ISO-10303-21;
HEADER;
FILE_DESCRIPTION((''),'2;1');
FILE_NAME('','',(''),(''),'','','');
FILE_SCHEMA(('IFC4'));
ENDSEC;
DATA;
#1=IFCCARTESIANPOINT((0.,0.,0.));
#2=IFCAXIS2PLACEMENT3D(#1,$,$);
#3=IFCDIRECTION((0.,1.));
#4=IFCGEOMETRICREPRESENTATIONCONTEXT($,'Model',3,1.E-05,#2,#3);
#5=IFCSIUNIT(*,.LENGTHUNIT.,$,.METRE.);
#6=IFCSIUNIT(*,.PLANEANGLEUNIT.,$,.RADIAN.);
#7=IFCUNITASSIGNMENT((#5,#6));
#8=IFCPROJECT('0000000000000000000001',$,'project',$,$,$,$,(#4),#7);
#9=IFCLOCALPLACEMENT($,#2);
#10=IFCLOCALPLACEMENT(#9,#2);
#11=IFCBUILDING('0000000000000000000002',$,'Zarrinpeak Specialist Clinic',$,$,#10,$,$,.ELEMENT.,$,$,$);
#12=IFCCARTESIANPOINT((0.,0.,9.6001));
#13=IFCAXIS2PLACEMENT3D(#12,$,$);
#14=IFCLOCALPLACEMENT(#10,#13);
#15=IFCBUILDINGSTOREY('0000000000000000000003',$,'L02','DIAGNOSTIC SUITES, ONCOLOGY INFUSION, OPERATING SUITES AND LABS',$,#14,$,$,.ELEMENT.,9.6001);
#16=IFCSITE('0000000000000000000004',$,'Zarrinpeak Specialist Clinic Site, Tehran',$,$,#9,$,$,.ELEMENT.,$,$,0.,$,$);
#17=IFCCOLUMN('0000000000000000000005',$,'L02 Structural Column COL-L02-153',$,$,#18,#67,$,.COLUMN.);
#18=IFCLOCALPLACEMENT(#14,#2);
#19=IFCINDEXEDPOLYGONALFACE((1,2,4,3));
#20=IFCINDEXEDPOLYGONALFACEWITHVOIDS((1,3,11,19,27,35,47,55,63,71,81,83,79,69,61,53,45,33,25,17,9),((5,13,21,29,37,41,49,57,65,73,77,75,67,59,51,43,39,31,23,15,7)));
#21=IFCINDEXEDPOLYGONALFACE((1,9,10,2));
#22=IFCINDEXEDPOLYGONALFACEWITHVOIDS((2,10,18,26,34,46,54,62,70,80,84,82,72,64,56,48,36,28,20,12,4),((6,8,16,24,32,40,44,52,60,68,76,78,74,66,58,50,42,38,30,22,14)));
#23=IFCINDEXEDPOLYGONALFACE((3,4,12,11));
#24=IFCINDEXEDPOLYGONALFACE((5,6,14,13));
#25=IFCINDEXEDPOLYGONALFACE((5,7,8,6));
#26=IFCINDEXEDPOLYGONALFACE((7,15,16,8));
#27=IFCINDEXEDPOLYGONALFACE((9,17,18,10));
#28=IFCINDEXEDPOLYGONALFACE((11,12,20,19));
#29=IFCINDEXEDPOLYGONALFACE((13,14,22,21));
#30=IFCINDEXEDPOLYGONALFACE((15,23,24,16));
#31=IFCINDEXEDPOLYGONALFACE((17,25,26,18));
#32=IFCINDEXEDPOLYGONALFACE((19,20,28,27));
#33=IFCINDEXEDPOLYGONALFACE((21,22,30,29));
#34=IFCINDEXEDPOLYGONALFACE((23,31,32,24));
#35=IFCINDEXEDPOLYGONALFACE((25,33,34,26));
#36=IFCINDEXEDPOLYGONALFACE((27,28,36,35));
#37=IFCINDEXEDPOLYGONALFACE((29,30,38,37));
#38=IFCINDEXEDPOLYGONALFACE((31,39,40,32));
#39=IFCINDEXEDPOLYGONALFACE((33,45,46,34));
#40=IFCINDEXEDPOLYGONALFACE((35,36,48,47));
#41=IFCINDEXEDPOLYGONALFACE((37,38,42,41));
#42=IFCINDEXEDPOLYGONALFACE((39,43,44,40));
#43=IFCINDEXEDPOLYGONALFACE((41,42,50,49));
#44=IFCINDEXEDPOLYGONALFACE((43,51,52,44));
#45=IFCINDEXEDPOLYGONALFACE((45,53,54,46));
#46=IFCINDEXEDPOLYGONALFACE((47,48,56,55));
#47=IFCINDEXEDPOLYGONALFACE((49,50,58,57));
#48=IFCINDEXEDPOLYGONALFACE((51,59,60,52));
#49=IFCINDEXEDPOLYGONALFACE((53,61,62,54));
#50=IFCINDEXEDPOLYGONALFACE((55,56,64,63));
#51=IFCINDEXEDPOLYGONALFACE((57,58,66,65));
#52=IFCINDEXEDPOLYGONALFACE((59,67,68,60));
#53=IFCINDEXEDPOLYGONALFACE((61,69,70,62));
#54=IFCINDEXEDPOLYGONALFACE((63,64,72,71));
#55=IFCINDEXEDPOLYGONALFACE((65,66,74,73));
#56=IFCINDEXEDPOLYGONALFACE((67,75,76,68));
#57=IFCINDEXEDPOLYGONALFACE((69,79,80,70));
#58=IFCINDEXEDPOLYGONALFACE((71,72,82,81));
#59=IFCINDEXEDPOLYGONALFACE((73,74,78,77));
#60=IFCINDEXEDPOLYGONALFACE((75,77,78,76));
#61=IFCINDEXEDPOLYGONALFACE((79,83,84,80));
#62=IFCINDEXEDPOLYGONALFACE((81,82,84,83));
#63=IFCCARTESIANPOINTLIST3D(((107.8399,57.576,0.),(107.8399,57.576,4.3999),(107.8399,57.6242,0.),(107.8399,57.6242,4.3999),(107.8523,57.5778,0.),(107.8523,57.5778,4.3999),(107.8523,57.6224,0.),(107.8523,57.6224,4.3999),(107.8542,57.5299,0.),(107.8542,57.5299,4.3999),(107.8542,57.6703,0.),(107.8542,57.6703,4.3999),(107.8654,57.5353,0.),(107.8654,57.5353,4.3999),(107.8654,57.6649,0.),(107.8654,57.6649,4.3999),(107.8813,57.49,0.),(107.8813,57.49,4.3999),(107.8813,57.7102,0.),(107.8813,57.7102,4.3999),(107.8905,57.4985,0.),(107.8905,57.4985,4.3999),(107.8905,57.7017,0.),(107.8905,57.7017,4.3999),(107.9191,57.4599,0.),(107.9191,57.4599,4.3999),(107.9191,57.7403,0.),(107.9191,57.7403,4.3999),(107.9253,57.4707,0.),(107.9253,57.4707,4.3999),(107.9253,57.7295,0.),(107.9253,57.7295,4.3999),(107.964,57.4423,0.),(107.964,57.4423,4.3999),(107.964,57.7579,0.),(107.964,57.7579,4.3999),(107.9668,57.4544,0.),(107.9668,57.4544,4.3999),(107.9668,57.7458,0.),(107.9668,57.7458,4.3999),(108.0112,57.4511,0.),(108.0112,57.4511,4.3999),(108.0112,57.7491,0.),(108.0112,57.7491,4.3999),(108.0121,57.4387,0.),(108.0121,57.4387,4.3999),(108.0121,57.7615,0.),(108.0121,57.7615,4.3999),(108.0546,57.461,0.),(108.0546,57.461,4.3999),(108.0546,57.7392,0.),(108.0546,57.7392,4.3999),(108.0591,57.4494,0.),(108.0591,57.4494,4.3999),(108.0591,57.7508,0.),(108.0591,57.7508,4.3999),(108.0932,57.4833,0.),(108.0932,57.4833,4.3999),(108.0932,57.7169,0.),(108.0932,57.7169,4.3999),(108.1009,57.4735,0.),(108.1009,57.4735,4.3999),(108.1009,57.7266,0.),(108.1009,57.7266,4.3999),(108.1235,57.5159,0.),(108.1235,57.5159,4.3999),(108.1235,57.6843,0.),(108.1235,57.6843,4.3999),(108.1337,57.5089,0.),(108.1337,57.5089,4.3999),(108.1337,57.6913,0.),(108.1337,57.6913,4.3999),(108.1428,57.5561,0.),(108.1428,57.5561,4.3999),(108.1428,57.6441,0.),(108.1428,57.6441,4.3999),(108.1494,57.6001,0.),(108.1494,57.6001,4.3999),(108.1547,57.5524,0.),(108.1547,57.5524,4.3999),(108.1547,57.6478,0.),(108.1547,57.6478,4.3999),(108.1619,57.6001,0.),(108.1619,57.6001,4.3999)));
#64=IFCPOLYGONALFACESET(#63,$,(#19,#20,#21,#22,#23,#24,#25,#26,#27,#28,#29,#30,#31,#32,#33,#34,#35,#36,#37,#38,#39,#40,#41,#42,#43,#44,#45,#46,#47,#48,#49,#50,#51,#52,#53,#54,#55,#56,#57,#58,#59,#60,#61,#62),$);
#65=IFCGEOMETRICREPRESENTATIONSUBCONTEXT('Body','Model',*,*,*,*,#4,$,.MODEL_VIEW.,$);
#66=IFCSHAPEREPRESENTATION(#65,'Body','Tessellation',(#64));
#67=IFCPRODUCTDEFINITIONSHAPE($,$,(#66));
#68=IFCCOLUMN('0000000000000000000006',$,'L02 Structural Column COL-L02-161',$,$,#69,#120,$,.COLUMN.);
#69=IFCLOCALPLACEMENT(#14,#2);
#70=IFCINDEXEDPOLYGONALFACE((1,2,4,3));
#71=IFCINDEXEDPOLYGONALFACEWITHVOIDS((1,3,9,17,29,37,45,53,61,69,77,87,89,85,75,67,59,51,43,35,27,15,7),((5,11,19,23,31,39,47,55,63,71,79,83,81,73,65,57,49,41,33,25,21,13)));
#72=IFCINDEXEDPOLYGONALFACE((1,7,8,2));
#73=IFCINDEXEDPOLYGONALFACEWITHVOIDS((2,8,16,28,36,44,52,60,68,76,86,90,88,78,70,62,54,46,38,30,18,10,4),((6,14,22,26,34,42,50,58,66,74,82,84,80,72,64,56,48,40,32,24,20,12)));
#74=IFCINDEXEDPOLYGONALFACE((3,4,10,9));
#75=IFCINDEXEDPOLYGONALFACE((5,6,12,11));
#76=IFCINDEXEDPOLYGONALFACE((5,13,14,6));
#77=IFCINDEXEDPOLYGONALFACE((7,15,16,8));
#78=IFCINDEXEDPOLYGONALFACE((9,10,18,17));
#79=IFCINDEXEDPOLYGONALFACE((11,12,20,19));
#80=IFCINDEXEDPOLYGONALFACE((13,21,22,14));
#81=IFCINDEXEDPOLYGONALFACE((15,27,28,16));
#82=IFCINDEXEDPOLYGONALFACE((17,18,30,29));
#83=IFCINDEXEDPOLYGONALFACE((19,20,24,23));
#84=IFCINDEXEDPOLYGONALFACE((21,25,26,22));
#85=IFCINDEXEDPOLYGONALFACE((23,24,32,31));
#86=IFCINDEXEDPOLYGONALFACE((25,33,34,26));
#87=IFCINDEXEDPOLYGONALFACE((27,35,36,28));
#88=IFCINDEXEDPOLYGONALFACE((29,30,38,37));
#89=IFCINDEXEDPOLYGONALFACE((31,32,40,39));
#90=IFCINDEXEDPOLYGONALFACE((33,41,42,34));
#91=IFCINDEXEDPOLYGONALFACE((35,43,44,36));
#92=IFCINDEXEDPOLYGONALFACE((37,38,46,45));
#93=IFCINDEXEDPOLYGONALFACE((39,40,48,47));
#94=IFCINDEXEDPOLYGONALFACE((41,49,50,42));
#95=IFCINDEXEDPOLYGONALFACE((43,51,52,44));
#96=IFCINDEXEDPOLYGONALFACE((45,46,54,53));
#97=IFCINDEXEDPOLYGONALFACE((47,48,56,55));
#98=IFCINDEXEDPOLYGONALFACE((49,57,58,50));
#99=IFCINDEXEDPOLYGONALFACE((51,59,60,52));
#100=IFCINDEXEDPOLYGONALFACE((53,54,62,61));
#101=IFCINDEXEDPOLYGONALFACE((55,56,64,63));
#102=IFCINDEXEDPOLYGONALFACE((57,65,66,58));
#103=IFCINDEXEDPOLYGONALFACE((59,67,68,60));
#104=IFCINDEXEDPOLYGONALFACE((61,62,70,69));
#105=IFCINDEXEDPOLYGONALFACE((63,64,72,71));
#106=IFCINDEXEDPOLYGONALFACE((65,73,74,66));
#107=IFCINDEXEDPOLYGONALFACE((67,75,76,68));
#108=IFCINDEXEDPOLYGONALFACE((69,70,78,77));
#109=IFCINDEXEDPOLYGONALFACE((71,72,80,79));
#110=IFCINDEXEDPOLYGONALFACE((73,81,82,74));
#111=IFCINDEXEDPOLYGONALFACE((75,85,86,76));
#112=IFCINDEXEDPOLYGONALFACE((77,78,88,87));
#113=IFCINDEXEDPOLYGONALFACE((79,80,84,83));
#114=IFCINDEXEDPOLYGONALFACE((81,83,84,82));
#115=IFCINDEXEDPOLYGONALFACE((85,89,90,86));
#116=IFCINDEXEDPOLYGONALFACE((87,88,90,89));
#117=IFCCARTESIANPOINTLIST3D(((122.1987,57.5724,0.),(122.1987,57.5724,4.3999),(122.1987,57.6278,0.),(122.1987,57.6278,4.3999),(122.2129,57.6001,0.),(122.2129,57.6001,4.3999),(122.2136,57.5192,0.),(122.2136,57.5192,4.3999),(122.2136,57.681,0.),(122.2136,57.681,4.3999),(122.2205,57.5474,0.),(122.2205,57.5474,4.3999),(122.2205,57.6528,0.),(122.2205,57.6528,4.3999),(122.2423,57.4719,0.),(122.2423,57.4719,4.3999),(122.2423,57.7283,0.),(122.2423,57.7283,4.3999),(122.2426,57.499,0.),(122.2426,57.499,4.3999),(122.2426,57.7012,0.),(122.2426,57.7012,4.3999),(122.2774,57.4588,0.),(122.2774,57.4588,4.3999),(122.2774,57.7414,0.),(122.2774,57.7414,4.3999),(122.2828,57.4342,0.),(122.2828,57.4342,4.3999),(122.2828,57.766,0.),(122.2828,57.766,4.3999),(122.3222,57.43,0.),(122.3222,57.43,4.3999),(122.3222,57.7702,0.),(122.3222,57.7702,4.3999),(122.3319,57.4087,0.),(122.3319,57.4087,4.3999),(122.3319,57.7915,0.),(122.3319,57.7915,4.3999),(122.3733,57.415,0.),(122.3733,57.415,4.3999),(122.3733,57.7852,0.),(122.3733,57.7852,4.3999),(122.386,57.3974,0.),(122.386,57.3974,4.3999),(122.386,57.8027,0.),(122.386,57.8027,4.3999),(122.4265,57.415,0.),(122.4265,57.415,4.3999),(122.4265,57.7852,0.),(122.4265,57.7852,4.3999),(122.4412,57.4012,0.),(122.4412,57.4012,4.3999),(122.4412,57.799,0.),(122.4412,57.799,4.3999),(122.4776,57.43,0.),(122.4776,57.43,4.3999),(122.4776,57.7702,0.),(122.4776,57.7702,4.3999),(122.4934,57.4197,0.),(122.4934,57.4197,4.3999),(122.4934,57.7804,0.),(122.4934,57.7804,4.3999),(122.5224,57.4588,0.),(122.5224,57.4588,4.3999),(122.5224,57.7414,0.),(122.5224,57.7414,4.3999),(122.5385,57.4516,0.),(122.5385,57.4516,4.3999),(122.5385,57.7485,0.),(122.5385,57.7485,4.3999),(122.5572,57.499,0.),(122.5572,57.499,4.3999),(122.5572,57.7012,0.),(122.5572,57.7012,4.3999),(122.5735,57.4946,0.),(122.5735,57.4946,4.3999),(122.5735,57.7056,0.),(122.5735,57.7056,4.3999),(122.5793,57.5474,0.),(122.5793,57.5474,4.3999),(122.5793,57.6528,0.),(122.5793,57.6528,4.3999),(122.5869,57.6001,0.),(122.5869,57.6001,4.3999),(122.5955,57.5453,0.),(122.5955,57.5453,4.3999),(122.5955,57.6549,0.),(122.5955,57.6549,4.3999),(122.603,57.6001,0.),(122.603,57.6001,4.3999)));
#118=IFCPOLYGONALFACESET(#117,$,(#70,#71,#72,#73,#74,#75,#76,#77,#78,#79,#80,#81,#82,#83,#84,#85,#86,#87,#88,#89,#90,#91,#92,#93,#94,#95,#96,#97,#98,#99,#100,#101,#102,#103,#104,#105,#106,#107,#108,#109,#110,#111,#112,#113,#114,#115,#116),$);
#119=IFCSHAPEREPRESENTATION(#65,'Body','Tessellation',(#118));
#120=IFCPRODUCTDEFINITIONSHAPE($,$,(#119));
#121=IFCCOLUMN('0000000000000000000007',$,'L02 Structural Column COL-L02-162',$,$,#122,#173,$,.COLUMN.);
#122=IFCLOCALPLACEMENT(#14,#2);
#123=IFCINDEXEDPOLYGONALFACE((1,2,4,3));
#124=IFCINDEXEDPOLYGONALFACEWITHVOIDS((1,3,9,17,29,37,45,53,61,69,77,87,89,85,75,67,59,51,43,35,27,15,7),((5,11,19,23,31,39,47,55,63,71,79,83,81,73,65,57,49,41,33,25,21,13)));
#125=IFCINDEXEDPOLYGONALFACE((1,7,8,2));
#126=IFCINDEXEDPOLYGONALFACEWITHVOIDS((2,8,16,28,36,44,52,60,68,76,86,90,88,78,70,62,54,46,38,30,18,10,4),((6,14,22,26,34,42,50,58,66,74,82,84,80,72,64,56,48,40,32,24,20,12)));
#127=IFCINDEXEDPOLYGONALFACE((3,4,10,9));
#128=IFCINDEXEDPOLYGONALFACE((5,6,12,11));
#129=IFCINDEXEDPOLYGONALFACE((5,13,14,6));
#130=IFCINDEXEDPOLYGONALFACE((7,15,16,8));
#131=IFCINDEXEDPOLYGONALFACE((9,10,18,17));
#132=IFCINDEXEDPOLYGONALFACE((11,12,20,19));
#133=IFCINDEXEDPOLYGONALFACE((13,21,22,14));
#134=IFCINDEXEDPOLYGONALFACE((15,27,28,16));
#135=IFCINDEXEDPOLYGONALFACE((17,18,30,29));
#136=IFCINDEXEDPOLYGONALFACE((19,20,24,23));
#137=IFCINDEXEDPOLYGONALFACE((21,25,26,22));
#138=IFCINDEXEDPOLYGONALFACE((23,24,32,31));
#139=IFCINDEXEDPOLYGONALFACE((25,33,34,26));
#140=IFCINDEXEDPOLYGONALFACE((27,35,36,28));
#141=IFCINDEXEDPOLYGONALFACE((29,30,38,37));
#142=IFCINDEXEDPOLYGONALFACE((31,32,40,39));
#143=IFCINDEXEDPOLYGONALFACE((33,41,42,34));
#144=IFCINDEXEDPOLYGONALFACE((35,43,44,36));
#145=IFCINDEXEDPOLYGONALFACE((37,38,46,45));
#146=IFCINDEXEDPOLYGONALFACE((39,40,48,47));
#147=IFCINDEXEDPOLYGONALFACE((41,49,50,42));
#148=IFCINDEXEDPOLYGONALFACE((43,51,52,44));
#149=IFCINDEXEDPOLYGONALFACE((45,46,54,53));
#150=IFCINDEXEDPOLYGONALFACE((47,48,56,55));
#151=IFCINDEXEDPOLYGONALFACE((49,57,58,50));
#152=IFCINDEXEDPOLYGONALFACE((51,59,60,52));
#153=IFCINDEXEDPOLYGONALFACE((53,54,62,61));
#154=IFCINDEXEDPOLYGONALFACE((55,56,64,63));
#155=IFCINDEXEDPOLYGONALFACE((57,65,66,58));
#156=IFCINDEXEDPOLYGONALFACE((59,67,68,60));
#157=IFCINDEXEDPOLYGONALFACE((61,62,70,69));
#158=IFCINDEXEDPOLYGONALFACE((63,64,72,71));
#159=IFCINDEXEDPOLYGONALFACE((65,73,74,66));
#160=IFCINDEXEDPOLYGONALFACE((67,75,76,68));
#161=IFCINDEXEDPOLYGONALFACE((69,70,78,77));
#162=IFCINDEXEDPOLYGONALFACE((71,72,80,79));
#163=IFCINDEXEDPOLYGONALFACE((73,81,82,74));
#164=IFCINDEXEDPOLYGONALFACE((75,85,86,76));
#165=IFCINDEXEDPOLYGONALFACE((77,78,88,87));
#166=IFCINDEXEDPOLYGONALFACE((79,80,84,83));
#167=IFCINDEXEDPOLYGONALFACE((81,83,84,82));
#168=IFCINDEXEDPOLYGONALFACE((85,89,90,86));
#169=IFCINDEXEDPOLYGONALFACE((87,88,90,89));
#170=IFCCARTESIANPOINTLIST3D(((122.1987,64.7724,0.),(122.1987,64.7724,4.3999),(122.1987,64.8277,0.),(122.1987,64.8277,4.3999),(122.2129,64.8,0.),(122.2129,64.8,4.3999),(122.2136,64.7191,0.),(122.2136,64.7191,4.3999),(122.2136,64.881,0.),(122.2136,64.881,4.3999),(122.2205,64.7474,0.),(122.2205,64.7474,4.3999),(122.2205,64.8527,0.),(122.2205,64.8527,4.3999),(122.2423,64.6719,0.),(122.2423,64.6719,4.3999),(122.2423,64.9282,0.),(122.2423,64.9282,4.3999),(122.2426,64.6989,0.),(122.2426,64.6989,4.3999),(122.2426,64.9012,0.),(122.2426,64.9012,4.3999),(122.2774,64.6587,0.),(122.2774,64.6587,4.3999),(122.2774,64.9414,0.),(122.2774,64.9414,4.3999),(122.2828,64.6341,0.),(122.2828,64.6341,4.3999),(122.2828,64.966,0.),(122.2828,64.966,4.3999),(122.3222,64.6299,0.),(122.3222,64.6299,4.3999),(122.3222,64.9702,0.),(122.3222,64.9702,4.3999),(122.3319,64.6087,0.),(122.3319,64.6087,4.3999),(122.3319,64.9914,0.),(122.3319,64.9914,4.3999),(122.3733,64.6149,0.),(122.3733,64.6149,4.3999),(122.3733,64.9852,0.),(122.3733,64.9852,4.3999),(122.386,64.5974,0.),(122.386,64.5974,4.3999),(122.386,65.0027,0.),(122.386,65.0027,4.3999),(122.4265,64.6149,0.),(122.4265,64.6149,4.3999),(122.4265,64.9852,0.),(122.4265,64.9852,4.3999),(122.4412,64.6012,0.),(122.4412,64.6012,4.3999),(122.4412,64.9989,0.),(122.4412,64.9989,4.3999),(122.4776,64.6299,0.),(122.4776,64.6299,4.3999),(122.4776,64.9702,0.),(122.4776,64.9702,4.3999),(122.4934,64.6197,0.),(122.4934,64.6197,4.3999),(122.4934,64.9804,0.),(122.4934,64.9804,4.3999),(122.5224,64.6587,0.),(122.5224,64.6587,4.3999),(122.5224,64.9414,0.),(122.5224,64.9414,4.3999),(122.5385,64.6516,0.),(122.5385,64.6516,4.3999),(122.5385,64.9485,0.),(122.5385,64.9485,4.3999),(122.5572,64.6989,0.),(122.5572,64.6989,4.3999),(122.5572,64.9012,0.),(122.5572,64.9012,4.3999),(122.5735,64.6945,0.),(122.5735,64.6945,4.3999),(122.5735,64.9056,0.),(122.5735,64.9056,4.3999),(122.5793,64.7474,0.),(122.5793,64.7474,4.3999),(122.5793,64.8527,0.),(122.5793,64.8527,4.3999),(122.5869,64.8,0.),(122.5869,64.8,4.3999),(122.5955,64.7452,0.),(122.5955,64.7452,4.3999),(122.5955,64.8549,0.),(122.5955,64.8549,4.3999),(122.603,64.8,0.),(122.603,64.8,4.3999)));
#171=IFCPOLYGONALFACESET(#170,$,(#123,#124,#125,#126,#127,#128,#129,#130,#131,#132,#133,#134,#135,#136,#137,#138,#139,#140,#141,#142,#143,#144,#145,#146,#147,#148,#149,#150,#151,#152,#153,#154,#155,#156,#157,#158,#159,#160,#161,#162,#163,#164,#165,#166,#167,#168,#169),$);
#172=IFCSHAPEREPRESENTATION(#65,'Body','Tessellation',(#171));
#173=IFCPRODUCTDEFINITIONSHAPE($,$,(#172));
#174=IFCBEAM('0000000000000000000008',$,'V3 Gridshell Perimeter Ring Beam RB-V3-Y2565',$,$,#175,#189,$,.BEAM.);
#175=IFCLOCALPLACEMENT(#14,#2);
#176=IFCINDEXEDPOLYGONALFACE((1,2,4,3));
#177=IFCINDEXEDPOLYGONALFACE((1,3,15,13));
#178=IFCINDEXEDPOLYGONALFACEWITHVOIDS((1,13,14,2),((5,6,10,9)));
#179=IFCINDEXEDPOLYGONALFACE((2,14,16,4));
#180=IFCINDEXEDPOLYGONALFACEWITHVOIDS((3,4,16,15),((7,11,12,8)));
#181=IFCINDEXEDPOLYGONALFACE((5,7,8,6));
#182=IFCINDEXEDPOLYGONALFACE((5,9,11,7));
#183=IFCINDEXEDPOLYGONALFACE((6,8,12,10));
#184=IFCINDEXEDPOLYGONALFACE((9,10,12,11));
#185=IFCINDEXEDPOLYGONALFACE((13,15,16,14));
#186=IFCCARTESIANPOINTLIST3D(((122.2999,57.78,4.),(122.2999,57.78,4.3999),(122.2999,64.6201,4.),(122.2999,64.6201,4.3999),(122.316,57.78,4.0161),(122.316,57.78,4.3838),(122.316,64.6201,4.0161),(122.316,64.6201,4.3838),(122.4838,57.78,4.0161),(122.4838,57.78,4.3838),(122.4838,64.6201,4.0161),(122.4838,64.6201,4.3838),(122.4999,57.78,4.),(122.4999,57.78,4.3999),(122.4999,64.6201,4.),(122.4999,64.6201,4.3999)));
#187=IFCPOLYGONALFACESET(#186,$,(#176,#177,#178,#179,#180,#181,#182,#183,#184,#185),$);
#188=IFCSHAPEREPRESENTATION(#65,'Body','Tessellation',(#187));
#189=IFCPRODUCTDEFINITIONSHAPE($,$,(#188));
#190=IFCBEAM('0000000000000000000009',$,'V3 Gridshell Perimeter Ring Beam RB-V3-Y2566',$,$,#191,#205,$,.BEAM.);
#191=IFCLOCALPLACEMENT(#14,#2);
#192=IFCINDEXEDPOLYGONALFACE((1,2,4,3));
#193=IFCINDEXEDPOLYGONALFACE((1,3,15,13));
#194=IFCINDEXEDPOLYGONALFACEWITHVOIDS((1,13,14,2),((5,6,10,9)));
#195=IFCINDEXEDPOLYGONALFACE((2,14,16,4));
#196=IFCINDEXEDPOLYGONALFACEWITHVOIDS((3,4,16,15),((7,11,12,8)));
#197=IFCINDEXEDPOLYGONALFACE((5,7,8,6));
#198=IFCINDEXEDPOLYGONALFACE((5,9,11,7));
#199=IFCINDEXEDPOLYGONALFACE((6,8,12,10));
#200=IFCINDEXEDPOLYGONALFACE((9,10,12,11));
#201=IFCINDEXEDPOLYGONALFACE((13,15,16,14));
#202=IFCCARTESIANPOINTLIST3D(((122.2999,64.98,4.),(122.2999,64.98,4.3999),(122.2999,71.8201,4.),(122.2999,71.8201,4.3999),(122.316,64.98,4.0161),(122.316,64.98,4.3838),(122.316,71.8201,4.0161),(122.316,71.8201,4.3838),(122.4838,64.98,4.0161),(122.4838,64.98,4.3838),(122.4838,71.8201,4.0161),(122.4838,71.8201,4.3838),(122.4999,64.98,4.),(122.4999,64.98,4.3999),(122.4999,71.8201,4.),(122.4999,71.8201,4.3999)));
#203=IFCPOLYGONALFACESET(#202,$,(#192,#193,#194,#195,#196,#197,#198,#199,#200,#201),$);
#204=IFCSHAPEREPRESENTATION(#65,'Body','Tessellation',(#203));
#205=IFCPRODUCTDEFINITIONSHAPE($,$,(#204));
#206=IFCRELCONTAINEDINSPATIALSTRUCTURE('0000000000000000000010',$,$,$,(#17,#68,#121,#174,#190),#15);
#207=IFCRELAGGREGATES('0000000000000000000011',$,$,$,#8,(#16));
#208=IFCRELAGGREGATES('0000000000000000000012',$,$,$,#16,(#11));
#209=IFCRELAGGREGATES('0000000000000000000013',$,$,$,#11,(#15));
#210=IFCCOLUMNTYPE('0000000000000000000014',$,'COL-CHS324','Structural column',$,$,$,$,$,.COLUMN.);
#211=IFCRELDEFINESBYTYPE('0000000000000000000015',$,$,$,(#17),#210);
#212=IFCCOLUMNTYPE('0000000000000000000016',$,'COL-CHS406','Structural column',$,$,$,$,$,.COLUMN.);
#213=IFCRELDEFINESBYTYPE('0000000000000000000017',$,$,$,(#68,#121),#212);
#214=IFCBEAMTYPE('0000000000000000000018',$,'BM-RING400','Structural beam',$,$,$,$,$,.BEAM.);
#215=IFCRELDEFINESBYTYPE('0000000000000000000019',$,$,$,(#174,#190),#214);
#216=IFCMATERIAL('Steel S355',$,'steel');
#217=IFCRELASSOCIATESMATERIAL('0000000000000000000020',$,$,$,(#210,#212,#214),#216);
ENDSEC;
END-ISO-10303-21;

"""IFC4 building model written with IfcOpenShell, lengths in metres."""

from ifc_helpers import new_model, si_unit, direction, frame, origin, origin_2d, place, context, subcontext, project, spatial, hollow_rectangle, hollow_circle, extrude, material, material_profile, profile_set, type_object, element, save


model = new_model("IFC4")

# Units and contexts
model_context = context("Model", 3, precision=1e-05, world=origin(), true_north=direction((0.0, 1.0)))
body_context = subcontext(model_context, "Body", "Model", "MODEL_VIEW")
ifc_project = project(units=[si_unit("LENGTHUNIT", "METRE"), si_unit("PLANEANGLEUNIT", "RADIAN")], contexts=[model_context])

# Site, building, storey
site_placement = place(None, origin())
site = spatial("IfcSite", under=ifc_project, at=site_placement, Name="Zarrinpeak Specialist Clinic Site, Tehran", CompositionType="ELEMENT", RefElevation=0.0)
building_placement = place(site_placement, origin())
building = spatial("IfcBuilding", under=site, at=building_placement, Name="Zarrinpeak Specialist Clinic", CompositionType="ELEMENT")
storey_placement = place(building_placement, frame((0.0, 0.0, 9.6001)))
storey = spatial("IfcBuildingStorey", under=building, at=storey_placement, Name="L02", Description="DIAGNOSTIC SUITES, ONCOLOGY INFUSION, OPERATING SUITES AND LABS", CompositionType="ELEMENT", Elevation=9.6001)

# Columns
ifc_material_1 = material(Name="Steel S355", Category="steel")
ifc_material_profile_1 = material_profile(ifc_material_1, hollow_circle(Radius=0.1619, WallThickness=0.0125, at=origin_2d()), Name="CHS 323.9x12.5")
ifc_profile_set_1 = profile_set([ifc_material_profile_1], Name="Steel S355")
column_type_1 = type_object("IfcColumnType", Name="COL-CHS324", Description="Structural column", PredefinedType="COLUMN", material=ifc_profile_set_1)
column_placement = place(storey_placement, frame((108.0, 57.6001, 0.0), z_axis=(0.0, 0.0, 1.0), x_axis=(1.0, 0.0, 0.0)))
element("IfcColumn", 1, at=column_placement, inside=storey, type_object=column_type_1, Name="L02 Structural Column COL-L02-153", PredefinedType="COLUMN", context=body_context, shape_type="SweptSolid", body=[
    extrude(hollow_circle(Radius=0.1619, WallThickness=0.0125, at=origin_2d()), origin(), (0.0, 0.0, 1.0), 4.3999),
])
ifc_material_profile_2 = material_profile(ifc_material_1, hollow_circle(Radius=0.2031, WallThickness=0.0161, at=origin_2d()), Name="CHS 406.4x16.0")
ifc_profile_set_2 = profile_set([ifc_material_profile_2], Name="Steel S355")
column_type_2 = type_object("IfcColumnType", Name="COL-CHS406", Description="Structural column", PredefinedType="COLUMN", material=ifc_profile_set_2)
for number, where, z_axis, x_axis, name in (
    (2, (122.3999, 57.6001, 0.0), (0.0, 0.0, 1.0), (1.0, 0.0, 0.0), "L02 Structural Column COL-L02-161"),
    (3, (122.3999, 64.8, 0.0), (0.0, 0.0, 1.0), (1.0, 0.0, 0.0), "L02 Structural Column COL-L02-162"),
):
    element("IfcColumn", number, at=place(storey_placement, frame(where, z_axis=z_axis, x_axis=x_axis)), inside=storey, type_object=column_type_2, Name=name, PredefinedType="COLUMN", context=body_context, shape_type="SweptSolid", body=[
        extrude(hollow_circle(Radius=0.2031, WallThickness=0.0161, at=origin_2d()), origin(), (0.0, 0.0, 1.0), 4.3999),
    ])

# Beams
ifc_material_profile_3 = material_profile(ifc_material_1, hollow_rectangle(XDim=0.2, YDim=0.3999, WallThickness=0.0161, at=origin_2d()), Name="RHS 400x200x16.0")
ifc_profile_set_3 = profile_set([ifc_material_profile_3], Name="Steel S355")
beam_type_1 = type_object("IfcBeamType", Name="BM-RING400", Description="Structural beam", PredefinedType="BEAM", material=ifc_profile_set_3)
for number, where, z_axis, x_axis, name in (
    (4, (122.3999, 57.78, 4.2), (0.0, 1.0, 0.0), (-1.0, 0.0, 0.0), "V3 Gridshell Perimeter Ring Beam RB-V3-Y2565"),
    (5, (122.3999, 64.98, 4.2), (0.0, 1.0, 0.0), (-1.0, 0.0, 0.0), "V3 Gridshell Perimeter Ring Beam RB-V3-Y2566"),
):
    element("IfcBeam", number, at=place(storey_placement, frame(where, z_axis=z_axis, x_axis=x_axis)), inside=storey, type_object=beam_type_1, Name=name, PredefinedType="BEAM", context=body_context, shape_type="SweptSolid", body=[
        extrude(hollow_rectangle(XDim=0.2, YDim=0.3999, WallThickness=0.0161, at=origin_2d()), origin(), (0.0, 0.0, 1.0), 6.8401),
    ])

save(model, "model.ifc")
